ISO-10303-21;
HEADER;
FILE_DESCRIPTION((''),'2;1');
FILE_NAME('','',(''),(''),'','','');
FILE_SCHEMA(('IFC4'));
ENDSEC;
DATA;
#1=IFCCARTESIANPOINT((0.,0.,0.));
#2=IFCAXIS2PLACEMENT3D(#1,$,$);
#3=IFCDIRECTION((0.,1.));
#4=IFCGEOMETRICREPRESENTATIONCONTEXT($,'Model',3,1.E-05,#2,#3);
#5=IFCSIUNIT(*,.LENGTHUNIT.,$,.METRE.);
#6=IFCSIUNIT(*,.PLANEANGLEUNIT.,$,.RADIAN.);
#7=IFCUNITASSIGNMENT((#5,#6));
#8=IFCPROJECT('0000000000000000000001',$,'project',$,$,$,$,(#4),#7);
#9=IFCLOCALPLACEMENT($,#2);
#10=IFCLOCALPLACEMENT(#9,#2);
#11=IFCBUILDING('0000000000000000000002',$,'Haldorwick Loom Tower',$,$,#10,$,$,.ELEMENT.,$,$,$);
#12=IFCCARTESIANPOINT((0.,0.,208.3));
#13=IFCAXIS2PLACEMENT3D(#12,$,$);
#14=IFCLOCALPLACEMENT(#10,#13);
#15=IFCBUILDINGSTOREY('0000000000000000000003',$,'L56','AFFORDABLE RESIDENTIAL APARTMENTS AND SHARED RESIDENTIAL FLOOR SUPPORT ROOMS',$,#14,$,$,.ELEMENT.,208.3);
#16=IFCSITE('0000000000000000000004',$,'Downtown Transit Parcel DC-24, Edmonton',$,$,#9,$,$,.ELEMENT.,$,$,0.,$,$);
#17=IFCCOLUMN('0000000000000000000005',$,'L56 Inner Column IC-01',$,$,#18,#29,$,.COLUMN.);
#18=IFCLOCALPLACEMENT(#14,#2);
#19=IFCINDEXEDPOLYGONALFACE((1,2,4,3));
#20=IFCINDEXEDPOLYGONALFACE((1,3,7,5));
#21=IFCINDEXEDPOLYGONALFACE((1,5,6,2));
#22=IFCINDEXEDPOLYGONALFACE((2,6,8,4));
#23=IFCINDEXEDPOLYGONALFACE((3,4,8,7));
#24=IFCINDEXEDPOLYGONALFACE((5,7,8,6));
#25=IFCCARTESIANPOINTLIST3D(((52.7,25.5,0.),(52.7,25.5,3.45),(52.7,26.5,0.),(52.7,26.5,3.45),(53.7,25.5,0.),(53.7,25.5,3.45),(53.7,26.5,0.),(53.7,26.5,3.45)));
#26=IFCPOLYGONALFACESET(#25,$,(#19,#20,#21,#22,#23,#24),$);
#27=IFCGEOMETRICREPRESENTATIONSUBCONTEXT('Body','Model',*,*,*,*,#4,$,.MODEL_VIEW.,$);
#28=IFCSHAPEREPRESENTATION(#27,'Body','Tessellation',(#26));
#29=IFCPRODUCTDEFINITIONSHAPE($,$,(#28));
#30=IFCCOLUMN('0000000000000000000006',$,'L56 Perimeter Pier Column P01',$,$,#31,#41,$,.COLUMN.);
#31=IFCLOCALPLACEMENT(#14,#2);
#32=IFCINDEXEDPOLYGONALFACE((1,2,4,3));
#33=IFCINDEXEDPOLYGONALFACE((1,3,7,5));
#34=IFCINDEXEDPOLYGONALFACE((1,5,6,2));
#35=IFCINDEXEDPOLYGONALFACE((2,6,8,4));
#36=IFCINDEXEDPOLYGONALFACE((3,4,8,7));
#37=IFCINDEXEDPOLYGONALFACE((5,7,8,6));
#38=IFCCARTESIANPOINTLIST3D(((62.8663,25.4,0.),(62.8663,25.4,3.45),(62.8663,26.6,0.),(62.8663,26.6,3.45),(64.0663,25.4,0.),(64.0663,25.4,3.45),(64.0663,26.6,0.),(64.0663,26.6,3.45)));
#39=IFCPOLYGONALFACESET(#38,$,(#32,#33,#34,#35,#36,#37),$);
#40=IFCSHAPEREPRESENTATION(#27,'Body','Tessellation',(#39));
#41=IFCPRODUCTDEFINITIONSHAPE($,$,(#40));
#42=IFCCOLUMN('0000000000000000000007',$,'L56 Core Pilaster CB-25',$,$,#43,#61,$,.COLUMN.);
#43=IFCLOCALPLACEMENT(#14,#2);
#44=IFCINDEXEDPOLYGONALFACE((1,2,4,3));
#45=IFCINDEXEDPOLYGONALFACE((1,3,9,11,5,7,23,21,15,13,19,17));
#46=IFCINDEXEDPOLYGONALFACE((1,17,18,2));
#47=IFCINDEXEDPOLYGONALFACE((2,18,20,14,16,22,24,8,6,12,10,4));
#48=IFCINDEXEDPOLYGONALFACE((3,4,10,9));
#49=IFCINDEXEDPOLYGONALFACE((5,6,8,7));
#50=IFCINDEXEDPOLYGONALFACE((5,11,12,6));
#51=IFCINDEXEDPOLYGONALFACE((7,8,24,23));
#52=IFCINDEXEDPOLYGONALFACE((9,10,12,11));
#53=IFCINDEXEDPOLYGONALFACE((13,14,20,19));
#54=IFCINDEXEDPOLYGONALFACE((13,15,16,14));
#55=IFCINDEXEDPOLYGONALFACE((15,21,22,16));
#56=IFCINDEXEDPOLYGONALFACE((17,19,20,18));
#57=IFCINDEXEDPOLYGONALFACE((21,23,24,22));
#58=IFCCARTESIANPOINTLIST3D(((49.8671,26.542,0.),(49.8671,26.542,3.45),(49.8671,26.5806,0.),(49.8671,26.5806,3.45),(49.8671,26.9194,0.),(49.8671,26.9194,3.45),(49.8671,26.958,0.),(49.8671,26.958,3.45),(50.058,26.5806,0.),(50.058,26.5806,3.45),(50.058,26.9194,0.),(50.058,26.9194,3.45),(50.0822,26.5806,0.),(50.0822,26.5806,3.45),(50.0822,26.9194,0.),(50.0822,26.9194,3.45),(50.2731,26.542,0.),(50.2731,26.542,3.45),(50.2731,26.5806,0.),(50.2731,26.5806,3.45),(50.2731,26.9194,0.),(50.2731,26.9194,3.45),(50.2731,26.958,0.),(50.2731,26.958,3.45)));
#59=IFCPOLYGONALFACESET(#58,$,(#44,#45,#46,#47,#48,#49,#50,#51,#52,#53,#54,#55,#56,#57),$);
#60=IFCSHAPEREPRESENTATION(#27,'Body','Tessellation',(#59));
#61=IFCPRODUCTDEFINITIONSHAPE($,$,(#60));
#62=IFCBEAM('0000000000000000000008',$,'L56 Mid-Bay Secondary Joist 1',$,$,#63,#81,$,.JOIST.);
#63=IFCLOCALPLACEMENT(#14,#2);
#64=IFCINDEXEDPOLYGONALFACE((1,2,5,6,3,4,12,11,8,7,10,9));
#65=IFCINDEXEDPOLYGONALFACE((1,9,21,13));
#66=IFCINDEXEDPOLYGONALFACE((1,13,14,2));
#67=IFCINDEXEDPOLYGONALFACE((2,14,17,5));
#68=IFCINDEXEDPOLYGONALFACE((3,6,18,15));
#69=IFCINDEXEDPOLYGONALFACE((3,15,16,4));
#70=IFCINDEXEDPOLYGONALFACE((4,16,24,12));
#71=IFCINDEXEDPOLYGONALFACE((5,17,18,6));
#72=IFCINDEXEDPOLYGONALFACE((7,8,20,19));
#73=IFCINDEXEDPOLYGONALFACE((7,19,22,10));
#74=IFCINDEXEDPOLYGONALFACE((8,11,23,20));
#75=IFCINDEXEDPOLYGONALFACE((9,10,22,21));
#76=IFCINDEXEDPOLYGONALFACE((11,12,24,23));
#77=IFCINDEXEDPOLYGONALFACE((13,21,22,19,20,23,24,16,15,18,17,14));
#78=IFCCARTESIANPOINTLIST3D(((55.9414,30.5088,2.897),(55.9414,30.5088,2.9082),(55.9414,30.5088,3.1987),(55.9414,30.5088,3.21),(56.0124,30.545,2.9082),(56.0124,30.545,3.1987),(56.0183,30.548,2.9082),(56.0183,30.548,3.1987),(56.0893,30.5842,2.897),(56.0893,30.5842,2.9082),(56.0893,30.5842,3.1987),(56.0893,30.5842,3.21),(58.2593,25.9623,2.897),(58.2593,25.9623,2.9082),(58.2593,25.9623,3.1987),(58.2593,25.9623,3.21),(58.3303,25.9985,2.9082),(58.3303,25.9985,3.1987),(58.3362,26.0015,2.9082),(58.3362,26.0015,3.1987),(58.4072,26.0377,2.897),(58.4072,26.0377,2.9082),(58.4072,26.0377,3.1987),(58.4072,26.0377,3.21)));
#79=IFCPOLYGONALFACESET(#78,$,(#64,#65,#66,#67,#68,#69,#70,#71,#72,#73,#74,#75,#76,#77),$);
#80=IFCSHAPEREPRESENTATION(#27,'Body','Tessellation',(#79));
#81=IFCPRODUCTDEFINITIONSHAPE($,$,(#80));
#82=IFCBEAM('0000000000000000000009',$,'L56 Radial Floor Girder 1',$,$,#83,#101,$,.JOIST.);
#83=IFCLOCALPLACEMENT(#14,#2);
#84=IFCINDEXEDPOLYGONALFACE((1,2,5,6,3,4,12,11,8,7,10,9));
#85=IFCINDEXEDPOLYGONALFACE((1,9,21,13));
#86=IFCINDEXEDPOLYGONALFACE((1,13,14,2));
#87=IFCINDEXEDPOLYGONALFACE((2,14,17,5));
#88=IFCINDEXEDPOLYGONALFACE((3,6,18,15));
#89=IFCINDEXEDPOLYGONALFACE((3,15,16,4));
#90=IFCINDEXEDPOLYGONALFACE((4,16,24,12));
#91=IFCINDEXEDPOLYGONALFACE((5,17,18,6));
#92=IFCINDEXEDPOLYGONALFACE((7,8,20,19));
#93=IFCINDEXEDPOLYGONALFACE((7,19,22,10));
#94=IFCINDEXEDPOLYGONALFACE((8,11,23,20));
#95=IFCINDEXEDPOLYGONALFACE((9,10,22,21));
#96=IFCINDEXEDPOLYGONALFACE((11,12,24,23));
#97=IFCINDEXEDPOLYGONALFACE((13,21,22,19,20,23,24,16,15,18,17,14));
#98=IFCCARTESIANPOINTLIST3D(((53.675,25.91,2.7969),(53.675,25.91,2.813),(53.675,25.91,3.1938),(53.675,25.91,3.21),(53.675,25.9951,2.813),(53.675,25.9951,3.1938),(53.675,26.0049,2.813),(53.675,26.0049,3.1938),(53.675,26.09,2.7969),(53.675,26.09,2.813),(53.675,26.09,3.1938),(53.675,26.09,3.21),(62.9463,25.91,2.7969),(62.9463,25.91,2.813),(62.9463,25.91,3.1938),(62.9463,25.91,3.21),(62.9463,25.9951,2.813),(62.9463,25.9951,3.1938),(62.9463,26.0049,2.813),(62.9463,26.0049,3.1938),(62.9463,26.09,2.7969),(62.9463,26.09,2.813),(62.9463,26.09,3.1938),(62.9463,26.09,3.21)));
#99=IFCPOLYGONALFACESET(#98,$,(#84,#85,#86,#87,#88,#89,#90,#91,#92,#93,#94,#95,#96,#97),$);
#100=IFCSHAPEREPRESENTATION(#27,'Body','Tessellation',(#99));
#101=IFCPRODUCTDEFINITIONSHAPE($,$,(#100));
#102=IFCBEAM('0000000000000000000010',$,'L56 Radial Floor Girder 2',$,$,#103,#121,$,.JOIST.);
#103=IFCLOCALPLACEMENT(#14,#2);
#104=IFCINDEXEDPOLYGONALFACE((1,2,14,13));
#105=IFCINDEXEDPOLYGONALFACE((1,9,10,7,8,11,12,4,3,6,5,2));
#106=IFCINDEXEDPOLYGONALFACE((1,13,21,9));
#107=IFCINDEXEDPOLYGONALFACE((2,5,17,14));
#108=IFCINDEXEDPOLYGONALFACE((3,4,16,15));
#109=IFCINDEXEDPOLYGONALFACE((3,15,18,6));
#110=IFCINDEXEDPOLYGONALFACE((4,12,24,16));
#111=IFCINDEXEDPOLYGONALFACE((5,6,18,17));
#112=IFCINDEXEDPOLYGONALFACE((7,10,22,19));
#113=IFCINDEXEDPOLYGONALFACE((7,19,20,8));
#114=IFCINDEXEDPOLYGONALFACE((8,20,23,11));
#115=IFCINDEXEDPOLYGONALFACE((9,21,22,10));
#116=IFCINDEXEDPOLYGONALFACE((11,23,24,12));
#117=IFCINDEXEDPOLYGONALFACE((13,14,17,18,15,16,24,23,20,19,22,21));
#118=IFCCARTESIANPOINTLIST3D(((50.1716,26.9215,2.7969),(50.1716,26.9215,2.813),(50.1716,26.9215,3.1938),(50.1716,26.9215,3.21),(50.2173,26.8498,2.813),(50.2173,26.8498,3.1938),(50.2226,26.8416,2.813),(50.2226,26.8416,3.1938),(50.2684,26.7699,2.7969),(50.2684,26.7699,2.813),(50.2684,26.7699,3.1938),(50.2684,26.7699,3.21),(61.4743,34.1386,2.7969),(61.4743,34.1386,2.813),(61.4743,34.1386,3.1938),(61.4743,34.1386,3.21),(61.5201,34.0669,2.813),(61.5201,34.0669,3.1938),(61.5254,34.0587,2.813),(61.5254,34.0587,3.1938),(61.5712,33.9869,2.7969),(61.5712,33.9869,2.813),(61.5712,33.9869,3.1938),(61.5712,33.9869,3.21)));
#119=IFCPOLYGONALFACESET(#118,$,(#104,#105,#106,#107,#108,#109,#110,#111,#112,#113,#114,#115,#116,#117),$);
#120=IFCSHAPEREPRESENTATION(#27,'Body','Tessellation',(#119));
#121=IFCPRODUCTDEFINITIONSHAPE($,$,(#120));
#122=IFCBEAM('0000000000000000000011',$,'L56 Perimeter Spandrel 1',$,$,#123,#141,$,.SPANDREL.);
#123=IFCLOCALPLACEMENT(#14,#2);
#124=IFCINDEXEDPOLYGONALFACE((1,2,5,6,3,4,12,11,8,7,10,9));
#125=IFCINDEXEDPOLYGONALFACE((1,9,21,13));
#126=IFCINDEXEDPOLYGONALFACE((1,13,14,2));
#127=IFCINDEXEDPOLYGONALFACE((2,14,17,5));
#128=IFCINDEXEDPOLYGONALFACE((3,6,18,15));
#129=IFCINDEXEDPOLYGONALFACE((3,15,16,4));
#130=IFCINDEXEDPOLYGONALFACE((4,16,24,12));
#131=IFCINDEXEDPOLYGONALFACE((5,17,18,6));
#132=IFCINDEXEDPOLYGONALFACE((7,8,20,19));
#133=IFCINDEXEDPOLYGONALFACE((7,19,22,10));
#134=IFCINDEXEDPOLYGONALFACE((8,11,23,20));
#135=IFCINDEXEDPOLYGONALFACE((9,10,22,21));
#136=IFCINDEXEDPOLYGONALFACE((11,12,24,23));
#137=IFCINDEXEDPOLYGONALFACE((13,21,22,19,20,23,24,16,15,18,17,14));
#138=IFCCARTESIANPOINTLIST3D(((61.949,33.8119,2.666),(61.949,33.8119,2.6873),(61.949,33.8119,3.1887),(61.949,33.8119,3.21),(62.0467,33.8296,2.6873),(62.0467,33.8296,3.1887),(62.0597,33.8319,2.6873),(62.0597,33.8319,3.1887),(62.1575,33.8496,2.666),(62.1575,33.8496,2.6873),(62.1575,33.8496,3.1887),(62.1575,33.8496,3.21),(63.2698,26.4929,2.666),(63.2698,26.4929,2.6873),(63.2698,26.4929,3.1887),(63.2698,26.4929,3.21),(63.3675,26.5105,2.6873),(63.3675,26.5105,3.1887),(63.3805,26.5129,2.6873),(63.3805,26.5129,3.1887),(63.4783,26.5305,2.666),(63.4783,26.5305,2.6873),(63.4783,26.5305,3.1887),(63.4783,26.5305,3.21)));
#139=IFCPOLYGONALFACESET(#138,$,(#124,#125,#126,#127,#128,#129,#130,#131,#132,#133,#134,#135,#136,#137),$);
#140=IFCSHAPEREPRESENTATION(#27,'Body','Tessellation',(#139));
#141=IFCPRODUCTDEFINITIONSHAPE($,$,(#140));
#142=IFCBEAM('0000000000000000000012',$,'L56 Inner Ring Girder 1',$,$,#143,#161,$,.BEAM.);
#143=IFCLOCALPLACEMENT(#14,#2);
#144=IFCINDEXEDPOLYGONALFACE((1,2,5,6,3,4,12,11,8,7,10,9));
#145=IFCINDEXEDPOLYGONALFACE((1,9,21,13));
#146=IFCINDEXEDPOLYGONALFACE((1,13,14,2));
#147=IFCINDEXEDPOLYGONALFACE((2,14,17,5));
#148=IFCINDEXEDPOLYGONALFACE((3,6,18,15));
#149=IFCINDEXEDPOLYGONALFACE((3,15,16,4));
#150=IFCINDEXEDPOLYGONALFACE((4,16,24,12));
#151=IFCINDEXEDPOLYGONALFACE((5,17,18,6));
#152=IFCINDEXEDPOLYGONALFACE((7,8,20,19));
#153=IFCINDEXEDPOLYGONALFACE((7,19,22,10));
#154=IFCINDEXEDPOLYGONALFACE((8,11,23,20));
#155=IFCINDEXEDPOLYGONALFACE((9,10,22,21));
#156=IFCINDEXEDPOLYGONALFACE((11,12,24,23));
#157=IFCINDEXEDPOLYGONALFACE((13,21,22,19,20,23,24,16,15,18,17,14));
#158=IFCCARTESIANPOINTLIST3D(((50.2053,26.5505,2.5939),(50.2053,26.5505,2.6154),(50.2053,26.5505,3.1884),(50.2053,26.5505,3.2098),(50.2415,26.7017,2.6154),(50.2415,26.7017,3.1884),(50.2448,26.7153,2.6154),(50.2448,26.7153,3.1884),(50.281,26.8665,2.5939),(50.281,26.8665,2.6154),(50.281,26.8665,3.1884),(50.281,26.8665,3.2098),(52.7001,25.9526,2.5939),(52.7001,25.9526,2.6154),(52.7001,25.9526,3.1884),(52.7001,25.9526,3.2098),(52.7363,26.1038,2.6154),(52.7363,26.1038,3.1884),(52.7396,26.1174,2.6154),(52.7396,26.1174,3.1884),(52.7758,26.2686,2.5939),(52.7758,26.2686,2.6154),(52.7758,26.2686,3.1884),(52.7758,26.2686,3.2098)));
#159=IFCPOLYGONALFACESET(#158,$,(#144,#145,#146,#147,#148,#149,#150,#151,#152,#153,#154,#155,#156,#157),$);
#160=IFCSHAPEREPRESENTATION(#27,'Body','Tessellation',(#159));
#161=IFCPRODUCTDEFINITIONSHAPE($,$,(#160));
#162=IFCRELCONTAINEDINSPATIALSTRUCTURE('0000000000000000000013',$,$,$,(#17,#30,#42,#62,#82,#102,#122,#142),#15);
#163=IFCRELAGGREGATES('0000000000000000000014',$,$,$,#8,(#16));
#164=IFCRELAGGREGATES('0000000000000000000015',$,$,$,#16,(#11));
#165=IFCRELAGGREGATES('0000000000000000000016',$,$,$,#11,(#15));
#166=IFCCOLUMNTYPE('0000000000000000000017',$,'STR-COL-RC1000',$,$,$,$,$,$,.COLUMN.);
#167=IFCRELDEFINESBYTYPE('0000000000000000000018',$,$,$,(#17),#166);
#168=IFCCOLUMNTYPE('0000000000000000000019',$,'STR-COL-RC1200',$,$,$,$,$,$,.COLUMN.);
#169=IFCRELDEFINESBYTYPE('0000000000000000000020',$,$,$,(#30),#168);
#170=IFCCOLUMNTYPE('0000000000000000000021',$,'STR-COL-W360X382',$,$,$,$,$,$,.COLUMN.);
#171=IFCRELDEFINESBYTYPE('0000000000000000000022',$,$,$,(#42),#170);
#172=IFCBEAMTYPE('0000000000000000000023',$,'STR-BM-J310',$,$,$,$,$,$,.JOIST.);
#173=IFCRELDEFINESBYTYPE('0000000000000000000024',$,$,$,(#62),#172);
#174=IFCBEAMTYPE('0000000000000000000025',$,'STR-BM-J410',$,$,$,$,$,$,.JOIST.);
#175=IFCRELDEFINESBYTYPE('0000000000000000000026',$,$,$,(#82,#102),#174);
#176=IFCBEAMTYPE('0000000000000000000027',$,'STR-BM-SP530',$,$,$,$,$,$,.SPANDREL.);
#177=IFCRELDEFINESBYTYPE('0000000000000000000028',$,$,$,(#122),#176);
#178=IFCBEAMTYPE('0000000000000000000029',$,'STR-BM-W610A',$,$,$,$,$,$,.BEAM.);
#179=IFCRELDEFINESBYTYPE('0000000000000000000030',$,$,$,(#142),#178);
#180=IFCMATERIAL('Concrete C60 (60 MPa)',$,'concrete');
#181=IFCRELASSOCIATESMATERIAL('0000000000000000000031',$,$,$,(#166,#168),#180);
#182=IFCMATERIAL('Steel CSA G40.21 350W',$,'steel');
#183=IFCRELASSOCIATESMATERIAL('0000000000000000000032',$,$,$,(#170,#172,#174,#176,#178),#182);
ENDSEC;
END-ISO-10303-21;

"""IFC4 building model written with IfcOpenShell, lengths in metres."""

from ifc_helpers import new_model, si_unit, direction, frame, origin, origin_2d, place, context, subcontext, project, spatial, rectangle, i_section, extrude, material, material_profile, profile_set, type_object, element, save


model = new_model("IFC4")

# Units and contexts
model_context = context("Model", 3, precision=1e-05, world=origin(), true_north=direction((0.0, 1.0)))
body_context = subcontext(model_context, "Body", "Model", "MODEL_VIEW")
ifc_project = project(units=[si_unit("LENGTHUNIT", "METRE"), si_unit("PLANEANGLEUNIT", "RADIAN")], contexts=[model_context])

# Site, building, storey
site_placement = place(None, origin())
site = spatial("IfcSite", under=ifc_project, at=site_placement, Name="Downtown Transit Parcel DC-24, Edmonton", CompositionType="ELEMENT", RefElevation=0.0)
building_placement = place(site_placement, origin())
building = spatial("IfcBuilding", under=site, at=building_placement, Name="Haldorwick Loom Tower", CompositionType="ELEMENT")
storey_placement = place(building_placement, frame((0.0, 0.0, 208.3)))
storey = spatial("IfcBuildingStorey", under=building, at=storey_placement, Name="L56", Description="AFFORDABLE RESIDENTIAL APARTMENTS AND SHARED RESIDENTIAL FLOOR SUPPORT ROOMS", CompositionType="ELEMENT", Elevation=208.3)

# Columns
ifc_material_1 = material(Name="Concrete C60 (60 MPa)", Category="concrete")
ifc_material_profile_1 = material_profile(ifc_material_1, rectangle(XDim=1.0, YDim=1.0, at=origin_2d()), Name="RC1000X1000", Category="concrete")
ifc_profile_set_1 = profile_set([ifc_material_profile_1], Name="Concrete C60 (60 MPa)")
column_type_1 = type_object("IfcColumnType", Name="STR-COL-RC1000", PredefinedType="COLUMN", material=ifc_profile_set_1)
column_1_placement = place(storey_placement, frame((53.2, 26.0, 0.0), z_axis=(0.0, 0.0, 1.0), x_axis=(1.0, 0.0, 0.0)))
element("IfcColumn", 1, at=column_1_placement, inside=storey, type_object=column_type_1, Name="L56 Inner Column IC-01", PredefinedType="COLUMN", context=body_context, shape_type="SweptSolid", body=[
    extrude(rectangle(XDim=1.0, YDim=1.0, at=origin_2d()), origin(), (0.0, 0.0, 1.0), 3.45),
])
ifc_material_profile_2 = material_profile(ifc_material_1, rectangle(XDim=1.2, YDim=1.2, at=origin_2d()), Name="RC1200X1200", Category="concrete")
ifc_profile_set_2 = profile_set([ifc_material_profile_2], Name="Concrete C60 (60 MPa)")
column_type_2 = type_object("IfcColumnType", Name="STR-COL-RC1200", PredefinedType="COLUMN", material=ifc_profile_set_2)
column_2_placement = place(storey_placement, frame((63.4663, 26.0, 0.0), z_axis=(0.0, 0.0, 1.0), x_axis=(1.0, 0.0, 0.0)))
element("IfcColumn", 2, at=column_2_placement, inside=storey, type_object=column_type_2, Name="L56 Perimeter Pier Column P01", PredefinedType="COLUMN", context=body_context, shape_type="SweptSolid", body=[
    extrude(rectangle(XDim=1.2, YDim=1.2, at=origin_2d()), origin(), (0.0, 0.0, 1.0), 3.45),
])
ifc_material_2 = material(Name="Steel CSA G40.21 350W", Category="steel")
ifc_material_profile_3 = material_profile(ifc_material_2, i_section(OverallWidth=0.406, OverallDepth=0.416, WebThickness=0.0242, FlangeThickness=0.0386, at=origin_2d()), Name="W360X382", Category="steel")
ifc_profile_set_3 = profile_set([ifc_material_profile_3], Name="Steel CSA G40.21 350W")
column_type_3 = type_object("IfcColumnType", Name="STR-COL-W360X382", PredefinedType="COLUMN", material=ifc_profile_set_3)
column_3_placement = place(storey_placement, frame((50.0701, 26.75, 0.0), z_axis=(0.0, 0.0, 1.0), x_axis=(1.0, 0.0, 0.0)))
element("IfcColumn", 3, at=column_3_placement, inside=storey, type_object=column_type_3, Name="L56 Core Pilaster CB-25", PredefinedType="COLUMN", context=body_context, shape_type="SweptSolid", body=[
    extrude(i_section(OverallWidth=0.406, OverallDepth=0.416, WebThickness=0.0242, FlangeThickness=0.0386, at=origin_2d()), origin(), (0.0, 0.0, 1.0), 3.45),
])

# Beams
ifc_material_profile_4 = material_profile(ifc_material_2, i_section(OverallWidth=0.166, OverallDepth=0.313, WebThickness=0.0066, FlangeThickness=0.0112, at=origin_2d()), Name="W310X45", Category="steel")
ifc_profile_set_4 = profile_set([ifc_material_profile_4], Name="Steel CSA G40.21 350W")
beam_type_1 = type_object("IfcBeamType", Name="STR-BM-J310", PredefinedType="JOIST", material=ifc_profile_set_4)
beam_1_placement = place(storey_placement, frame((58.3333, 26.0, 3.0535), z_axis=(-0.454204, 0.890898, 0.0), x_axis=(-0.890898, -0.454204, 0.0)))
element("IfcBeam", 4, at=beam_1_placement, inside=storey, type_object=beam_type_1, Name="L56 Mid-Bay Secondary Joist 1", PredefinedType="JOIST", context=body_context, shape_type="SweptSolid", body=[
    extrude(i_section(OverallWidth=0.166, OverallDepth=0.313, WebThickness=0.0066, FlangeThickness=0.0112, at=origin_2d()), origin(), (0.0, 0.0, 1.0), 5.1033),
])
ifc_material_profile_5 = material_profile(ifc_material_2, i_section(OverallWidth=0.1799, OverallDepth=0.4131, WebThickness=0.0098, FlangeThickness=0.0161, at=origin_2d()), Name="W410X74", Category="steel")
ifc_profile_set_5 = profile_set([ifc_material_profile_5], Name="Steel CSA G40.21 350W")
beam_type_2 = type_object("IfcBeamType", Name="STR-BM-J410", PredefinedType="JOIST", material=ifc_profile_set_5)
beam_2_placement = place(storey_placement, frame((53.675, 26.0, 3.0034), z_axis=(1.0, 0.0, 0.0), x_axis=(0.0, 1.0, 0.0)))
element("IfcBeam", 5, at=beam_2_placement, inside=storey, type_object=beam_type_2, Name="L56 Radial Floor Girder 1", PredefinedType="JOIST", context=body_context, shape_type="SweptSolid", body=[
    extrude(i_section(OverallWidth=0.1799, OverallDepth=0.4131, WebThickness=0.0098, FlangeThickness=0.0161, at=origin_2d()), origin(), (0.0, 0.0, 1.0), 9.2712),
])
beam_3_placement = place(storey_placement, frame((50.22, 26.8457, 3.0034), z_axis=(0.842837, 0.538169, 0.0), x_axis=(-0.538169, 0.842837, 0.0)))
element("IfcBeam", 6, at=beam_3_placement, inside=storey, type_object=beam_type_2, Name="L56 Radial Floor Girder 2", PredefinedType="JOIST", context=body_context, shape_type="SweptSolid", body=[
    extrude(i_section(OverallWidth=0.1799, OverallDepth=0.4131, WebThickness=0.0098, FlangeThickness=0.0161, at=origin_2d()), origin(), (0.0, 0.0, 1.0), 13.4104),
])
ifc_material_profile_6 = material_profile(ifc_material_2, i_section(OverallWidth=0.2119, OverallDepth=0.5439, WebThickness=0.0132, FlangeThickness=0.0212, at=origin_2d()), Name="W530X123", Category="steel")
ifc_profile_set_6 = profile_set([ifc_material_profile_6], Name="Steel CSA G40.21 350W")
beam_type_3 = type_object("IfcBeamType", Name="STR-BM-SP530", PredefinedType="SPANDREL", material=ifc_profile_set_6)
beam_4_placement = place(storey_placement, frame((63.374, 26.5117, 2.938), z_axis=(-0.177591, 0.984104, 0.0), x_axis=(-0.984104, -0.177591, 0.0)))
element("IfcBeam", 7, at=beam_4_placement, inside=storey, type_object=beam_type_3, Name="L56 Perimeter Spandrel 1", PredefinedType="SPANDREL", context=body_context, shape_type="SweptSolid", body=[
    extrude(i_section(OverallWidth=0.2119, OverallDepth=0.5439, WebThickness=0.0132, FlangeThickness=0.0212, at=origin_2d()), origin(), (0.0, 0.0, 1.0), 7.4373),
])
ifc_material_profile_7 = material_profile(ifc_material_2, i_section(OverallWidth=0.325, OverallDepth=0.616, WebThickness=0.0139, FlangeThickness=0.0215, at=origin_2d()), Name="W610X174", Category="steel")
ifc_profile_set_7 = profile_set([ifc_material_profile_7], Name="Steel CSA G40.21 350W")
beam_type_4 = type_object("IfcBeamType", Name="STR-BM-W610A", PredefinedType="BEAM", material=ifc_profile_set_7)
beam_5_placement = place(storey_placement, frame((50.2432, 26.7085, 2.9019), z_axis=(0.972464, -0.233053, 0.0), x_axis=(0.233053, 0.972464, 0.0)))
element("IfcBeam", 8, at=beam_5_placement, inside=storey, type_object=beam_type_4, Name="L56 Inner Ring Girder 1", PredefinedType="BEAM", context=body_context, shape_type="SweptSolid", body=[
    extrude(i_section(OverallWidth=0.325, OverallDepth=0.616, WebThickness=0.0139, FlangeThickness=0.0215, at=origin_2d()), origin(), (0.0, 0.0, 1.0), 2.5654),
])

save(model, "model.ifc")
